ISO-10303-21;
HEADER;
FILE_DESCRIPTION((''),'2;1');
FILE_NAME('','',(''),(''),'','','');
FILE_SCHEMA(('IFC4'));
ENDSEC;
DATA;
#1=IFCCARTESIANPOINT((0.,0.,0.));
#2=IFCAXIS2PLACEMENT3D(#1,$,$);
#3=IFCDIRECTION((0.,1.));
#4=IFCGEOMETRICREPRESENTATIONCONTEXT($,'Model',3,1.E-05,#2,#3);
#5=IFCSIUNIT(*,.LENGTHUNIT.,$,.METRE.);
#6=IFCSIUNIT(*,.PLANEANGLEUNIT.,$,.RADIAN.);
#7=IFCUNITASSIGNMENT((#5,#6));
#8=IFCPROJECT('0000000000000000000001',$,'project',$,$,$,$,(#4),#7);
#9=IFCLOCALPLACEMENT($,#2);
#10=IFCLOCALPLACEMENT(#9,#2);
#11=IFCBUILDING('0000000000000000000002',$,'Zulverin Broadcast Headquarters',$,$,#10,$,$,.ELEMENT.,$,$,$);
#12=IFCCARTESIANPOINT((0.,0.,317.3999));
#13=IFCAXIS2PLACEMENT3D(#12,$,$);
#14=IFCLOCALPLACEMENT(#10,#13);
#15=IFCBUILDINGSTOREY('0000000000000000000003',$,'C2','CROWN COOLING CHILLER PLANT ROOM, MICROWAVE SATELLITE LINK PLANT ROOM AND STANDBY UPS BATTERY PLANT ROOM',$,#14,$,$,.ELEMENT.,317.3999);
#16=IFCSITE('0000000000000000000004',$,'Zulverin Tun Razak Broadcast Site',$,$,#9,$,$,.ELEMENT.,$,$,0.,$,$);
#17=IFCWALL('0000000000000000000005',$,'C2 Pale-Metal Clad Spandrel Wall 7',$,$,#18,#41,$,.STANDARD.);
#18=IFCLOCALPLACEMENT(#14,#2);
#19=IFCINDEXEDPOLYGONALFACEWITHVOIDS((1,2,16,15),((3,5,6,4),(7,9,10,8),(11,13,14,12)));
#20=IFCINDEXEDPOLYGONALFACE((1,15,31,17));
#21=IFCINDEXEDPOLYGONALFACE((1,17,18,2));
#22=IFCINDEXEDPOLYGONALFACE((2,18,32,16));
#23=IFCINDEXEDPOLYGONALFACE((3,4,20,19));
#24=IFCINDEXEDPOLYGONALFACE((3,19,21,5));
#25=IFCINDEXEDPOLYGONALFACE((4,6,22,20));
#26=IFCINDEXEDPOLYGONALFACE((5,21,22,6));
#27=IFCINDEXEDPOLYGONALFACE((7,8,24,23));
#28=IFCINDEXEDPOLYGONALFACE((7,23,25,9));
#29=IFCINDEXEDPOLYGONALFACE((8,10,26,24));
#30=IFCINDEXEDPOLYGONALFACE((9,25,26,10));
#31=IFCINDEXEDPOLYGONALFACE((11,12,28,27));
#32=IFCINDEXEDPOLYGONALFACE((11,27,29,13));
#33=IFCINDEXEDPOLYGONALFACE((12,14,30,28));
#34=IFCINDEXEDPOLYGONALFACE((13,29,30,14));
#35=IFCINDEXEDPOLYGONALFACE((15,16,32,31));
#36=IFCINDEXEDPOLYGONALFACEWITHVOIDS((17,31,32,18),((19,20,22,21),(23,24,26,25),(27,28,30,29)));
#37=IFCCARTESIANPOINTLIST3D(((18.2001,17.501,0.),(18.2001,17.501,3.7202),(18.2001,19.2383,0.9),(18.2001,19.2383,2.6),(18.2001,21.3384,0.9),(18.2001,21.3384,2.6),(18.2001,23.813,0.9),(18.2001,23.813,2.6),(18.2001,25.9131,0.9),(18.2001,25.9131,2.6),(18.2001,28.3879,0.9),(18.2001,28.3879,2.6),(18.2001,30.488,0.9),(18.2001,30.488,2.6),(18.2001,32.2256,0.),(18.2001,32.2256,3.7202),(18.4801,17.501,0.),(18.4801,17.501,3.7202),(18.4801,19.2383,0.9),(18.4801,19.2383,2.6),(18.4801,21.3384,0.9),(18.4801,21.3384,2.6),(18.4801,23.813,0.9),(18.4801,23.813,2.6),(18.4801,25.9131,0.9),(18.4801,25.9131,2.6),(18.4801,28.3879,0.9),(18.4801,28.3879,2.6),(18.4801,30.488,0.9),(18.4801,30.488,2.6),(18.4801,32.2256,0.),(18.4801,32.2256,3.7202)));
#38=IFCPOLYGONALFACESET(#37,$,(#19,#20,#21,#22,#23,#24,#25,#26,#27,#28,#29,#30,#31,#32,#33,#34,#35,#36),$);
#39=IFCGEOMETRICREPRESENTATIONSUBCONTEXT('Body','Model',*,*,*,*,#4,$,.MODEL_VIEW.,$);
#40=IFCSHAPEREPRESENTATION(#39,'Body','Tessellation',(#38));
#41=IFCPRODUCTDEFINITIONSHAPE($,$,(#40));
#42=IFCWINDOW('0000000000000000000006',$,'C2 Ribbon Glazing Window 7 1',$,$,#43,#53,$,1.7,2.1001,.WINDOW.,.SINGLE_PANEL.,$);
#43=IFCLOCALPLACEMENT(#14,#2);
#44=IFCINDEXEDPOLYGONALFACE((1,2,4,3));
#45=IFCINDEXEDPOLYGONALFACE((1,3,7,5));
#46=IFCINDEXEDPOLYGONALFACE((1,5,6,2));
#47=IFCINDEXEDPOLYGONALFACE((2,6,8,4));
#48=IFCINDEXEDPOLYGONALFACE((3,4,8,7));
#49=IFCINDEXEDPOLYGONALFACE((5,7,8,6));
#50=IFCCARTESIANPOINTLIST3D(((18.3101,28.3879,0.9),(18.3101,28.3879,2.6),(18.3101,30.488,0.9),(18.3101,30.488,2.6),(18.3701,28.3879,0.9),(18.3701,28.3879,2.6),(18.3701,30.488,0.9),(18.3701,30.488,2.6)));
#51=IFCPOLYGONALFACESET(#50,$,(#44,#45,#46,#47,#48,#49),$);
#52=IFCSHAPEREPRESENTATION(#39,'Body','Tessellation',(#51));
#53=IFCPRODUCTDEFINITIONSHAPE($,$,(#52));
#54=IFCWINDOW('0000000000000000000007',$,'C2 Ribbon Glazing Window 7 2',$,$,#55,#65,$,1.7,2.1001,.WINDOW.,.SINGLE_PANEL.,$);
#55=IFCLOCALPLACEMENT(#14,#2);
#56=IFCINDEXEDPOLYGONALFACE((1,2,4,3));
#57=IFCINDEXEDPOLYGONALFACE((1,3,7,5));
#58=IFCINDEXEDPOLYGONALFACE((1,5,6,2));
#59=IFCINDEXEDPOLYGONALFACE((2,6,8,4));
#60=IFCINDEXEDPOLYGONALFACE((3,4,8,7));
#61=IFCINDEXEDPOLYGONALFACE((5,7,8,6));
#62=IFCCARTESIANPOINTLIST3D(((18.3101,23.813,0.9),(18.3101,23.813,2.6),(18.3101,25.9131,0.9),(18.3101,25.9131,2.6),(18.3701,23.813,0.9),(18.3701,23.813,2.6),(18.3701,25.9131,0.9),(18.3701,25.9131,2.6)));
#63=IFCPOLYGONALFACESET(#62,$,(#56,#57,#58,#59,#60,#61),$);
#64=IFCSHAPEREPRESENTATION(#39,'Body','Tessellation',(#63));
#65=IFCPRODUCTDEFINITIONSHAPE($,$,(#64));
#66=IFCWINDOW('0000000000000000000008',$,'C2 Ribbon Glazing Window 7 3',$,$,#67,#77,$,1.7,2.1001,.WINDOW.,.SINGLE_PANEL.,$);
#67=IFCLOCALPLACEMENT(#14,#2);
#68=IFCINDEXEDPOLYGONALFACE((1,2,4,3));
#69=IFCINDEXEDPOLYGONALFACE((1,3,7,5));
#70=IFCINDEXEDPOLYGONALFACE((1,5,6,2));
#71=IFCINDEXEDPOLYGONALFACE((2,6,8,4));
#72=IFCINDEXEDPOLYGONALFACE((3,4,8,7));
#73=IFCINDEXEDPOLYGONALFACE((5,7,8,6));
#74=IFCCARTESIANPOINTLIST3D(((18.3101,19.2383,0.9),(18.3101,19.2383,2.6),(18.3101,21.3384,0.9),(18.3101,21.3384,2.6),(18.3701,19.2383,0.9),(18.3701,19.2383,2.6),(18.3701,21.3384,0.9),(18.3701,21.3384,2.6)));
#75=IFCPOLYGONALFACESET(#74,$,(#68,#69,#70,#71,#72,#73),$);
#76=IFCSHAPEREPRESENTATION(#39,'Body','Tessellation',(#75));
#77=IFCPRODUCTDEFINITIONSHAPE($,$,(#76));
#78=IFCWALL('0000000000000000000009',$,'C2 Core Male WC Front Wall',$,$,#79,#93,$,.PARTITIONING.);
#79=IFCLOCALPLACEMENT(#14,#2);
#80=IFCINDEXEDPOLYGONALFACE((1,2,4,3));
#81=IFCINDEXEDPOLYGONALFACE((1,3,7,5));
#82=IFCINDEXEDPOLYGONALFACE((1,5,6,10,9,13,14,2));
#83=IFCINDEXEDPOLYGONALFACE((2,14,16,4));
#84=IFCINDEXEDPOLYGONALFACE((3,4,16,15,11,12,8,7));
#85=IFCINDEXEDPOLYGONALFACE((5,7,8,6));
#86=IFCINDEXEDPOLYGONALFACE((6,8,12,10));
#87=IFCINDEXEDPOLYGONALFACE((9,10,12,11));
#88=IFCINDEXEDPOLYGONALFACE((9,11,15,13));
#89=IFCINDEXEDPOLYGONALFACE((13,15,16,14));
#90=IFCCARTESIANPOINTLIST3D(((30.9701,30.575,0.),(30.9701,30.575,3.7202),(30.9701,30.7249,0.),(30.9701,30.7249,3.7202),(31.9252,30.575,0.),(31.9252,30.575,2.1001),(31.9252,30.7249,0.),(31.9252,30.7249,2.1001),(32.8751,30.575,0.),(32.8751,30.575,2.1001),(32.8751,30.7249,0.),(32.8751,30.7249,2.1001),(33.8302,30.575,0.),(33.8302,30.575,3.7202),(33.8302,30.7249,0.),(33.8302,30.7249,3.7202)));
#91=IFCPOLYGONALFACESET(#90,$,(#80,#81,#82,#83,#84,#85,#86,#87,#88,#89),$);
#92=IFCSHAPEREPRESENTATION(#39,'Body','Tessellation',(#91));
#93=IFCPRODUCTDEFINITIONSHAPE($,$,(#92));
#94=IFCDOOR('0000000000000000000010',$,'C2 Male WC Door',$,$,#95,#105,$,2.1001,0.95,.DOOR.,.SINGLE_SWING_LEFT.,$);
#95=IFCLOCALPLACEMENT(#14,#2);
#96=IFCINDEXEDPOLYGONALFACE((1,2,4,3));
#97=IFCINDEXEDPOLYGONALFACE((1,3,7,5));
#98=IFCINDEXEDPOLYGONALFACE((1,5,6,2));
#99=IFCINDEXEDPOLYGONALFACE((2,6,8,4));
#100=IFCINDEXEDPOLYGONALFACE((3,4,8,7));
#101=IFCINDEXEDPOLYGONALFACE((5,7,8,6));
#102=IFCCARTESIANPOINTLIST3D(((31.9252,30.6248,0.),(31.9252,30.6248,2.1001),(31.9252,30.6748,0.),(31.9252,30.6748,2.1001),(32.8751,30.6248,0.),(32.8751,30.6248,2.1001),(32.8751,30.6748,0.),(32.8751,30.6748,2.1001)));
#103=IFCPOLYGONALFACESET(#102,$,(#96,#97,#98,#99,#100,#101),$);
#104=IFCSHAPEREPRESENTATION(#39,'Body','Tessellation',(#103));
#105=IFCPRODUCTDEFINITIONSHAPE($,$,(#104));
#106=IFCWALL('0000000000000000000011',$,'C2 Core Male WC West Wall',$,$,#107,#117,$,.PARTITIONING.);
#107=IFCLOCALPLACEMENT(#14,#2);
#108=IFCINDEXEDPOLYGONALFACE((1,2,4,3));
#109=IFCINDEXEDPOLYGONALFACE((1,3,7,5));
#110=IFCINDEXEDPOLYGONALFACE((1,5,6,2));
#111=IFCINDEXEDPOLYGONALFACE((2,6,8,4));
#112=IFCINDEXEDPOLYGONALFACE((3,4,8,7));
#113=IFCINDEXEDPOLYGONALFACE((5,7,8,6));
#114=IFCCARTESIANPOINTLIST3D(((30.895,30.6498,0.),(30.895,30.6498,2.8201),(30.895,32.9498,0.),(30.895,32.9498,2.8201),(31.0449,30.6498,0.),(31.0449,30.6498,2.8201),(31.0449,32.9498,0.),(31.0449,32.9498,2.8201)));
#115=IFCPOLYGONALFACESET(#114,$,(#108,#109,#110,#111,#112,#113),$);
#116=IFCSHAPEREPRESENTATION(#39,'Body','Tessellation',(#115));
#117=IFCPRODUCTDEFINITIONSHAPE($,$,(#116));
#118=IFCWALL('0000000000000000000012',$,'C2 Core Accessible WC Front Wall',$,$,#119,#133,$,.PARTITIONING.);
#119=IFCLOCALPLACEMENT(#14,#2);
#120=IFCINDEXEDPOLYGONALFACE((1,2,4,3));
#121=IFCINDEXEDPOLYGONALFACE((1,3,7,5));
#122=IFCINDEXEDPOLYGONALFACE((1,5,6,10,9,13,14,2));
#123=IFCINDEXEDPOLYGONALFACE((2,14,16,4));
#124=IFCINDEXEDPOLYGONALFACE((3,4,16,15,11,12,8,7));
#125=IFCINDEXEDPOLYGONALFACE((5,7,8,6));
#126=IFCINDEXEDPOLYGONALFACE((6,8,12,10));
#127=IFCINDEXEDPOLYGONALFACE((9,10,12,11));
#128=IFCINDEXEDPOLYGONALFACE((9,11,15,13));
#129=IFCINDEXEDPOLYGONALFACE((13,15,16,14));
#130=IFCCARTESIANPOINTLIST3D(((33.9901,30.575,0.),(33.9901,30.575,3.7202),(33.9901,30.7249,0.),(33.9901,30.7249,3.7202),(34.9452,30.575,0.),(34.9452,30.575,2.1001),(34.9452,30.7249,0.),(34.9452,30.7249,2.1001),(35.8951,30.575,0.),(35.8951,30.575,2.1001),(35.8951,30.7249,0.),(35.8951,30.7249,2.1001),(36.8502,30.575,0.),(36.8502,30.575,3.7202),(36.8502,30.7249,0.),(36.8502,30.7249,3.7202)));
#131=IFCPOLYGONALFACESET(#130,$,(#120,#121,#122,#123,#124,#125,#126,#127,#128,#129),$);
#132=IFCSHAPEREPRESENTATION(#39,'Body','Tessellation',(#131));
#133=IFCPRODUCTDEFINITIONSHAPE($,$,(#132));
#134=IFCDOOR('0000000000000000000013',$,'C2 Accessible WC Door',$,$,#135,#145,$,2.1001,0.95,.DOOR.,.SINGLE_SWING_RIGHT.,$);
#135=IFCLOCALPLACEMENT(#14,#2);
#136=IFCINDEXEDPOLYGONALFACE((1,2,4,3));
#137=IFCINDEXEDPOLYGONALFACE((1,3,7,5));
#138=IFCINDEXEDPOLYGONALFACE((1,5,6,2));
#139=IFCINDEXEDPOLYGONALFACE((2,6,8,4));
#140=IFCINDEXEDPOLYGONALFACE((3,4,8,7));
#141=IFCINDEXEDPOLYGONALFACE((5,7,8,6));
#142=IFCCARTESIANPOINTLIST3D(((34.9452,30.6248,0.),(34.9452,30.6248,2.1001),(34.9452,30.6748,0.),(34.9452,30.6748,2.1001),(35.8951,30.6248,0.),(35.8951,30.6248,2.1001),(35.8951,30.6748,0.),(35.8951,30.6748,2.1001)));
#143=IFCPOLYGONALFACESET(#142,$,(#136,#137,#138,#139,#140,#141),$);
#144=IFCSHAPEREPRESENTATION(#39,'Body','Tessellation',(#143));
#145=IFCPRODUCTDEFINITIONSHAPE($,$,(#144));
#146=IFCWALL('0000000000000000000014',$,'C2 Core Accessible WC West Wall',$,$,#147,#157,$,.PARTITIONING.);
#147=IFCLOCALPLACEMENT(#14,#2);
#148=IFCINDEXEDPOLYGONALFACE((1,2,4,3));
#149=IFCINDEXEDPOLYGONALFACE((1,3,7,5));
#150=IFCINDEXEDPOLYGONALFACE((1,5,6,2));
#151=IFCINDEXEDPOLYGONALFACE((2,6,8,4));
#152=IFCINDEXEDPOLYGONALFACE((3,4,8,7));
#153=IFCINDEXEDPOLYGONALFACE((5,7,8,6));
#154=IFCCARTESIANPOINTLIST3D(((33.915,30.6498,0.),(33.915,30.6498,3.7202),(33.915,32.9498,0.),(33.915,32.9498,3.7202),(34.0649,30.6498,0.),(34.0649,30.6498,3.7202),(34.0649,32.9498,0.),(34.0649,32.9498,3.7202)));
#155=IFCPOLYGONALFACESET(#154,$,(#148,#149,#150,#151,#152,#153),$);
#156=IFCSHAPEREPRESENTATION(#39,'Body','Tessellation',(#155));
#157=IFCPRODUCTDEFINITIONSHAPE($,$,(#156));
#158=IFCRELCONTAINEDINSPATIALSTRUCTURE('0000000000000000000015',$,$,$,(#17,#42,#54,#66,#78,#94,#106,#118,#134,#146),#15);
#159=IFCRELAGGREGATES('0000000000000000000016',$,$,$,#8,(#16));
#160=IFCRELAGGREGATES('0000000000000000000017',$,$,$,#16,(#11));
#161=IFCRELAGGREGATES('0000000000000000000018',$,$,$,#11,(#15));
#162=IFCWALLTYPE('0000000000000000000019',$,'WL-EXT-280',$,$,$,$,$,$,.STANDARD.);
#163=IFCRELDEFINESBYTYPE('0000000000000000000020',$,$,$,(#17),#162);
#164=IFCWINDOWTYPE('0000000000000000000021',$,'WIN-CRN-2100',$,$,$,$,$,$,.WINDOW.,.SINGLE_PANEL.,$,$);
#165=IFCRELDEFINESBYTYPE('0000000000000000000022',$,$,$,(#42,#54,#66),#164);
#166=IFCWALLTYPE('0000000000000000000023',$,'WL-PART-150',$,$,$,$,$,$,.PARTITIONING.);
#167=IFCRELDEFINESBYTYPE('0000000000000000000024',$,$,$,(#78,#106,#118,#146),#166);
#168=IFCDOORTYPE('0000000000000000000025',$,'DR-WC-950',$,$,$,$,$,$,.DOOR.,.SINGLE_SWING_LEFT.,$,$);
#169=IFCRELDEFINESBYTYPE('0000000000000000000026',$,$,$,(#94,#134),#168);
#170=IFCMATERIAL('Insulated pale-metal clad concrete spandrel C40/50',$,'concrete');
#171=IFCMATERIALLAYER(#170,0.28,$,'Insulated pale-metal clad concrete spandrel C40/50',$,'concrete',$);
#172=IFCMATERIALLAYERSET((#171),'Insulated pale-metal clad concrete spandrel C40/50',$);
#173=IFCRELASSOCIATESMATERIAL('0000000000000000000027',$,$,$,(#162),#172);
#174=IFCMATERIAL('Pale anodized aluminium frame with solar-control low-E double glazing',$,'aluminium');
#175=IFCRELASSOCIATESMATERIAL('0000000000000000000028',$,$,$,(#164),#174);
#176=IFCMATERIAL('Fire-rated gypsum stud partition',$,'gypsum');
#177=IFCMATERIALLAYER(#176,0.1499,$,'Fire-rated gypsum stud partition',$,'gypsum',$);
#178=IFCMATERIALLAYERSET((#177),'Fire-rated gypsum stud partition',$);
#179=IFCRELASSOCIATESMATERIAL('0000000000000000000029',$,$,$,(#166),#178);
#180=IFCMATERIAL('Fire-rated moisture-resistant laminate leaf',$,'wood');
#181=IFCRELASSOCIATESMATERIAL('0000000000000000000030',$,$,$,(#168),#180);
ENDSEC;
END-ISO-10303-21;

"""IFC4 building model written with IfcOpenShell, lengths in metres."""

from ifc_helpers import new_model, si_unit, direction, frame, frame_2d, origin, place, context, subcontext, project, spatial, rectangle, extrude, material, layer, layer_set, type_object, element, fill, save


model = new_model("IFC4")

# Units and contexts
model_context = context("Model", 3, precision=1e-05, world=origin(), true_north=direction((0.0, 1.0)))
body_context = subcontext(model_context, "Body", "Model", "MODEL_VIEW")
ifc_project = project(units=[si_unit("LENGTHUNIT", "METRE"), si_unit("PLANEANGLEUNIT", "RADIAN")], contexts=[model_context])

# Site, building, storey
site_placement = place(None, origin())
site = spatial("IfcSite", under=ifc_project, at=site_placement, Name="Zulverin Tun Razak Broadcast Site", CompositionType="ELEMENT", RefElevation=0.0)
building_placement = place(site_placement, origin())
building = spatial("IfcBuilding", under=site, at=building_placement, Name="Zulverin Broadcast Headquarters", CompositionType="ELEMENT")
storey_placement = place(building_placement, frame((0.0, 0.0, 317.3999)))
storey = spatial("IfcBuildingStorey", under=building, at=storey_placement, Name="C2", Description="CROWN COOLING CHILLER PLANT ROOM, MICROWAVE SATELLITE LINK PLANT ROOM AND STANDBY UPS BATTERY PLANT ROOM", CompositionType="ELEMENT", Elevation=317.3999)

# Wall, openings, windows
ifc_material_1 = material(Name="Insulated pale-metal clad concrete spandrel C40/50", Category="concrete")
ifc_layer_1 = layer(ifc_material_1, 0.28, Name="Insulated pale-metal clad concrete spandrel C40/50", Category="concrete")
ifc_layer_set_1 = layer_set([ifc_layer_1], Name="Insulated pale-metal clad concrete spandrel C40/50")
wall_type_1 = type_object("IfcWallType", Name="WL-EXT-280", PredefinedType="STANDARD", material=ifc_layer_set_1)
wall_1_placement = place(storey_placement, frame((18.3401, 32.2256, 0.0), z_axis=(0.0, 0.0, 1.0), x_axis=(0.0, -1.0, 0.0)))
wall_1 = element("IfcWall", 1, at=wall_1_placement, inside=storey, type_object=wall_type_1, Name="C2 Pale-Metal Clad Spandrel Wall 7", PredefinedType="STANDARD", context=body_context, shape_type="SweptSolid", body=[
    extrude(rectangle(XDim=14.7246, YDim=0.28, at=frame_2d((7.3623, 0.0))), origin(), (0.0, 0.0, 1.0), 3.7202),
])
opening_1_placement = place(wall_1_placement, frame((1.7375, 0.0, 0.8999)))
opening_1 = element("IfcOpeningElement", 2, at=opening_1_placement, cuts=wall_1, PredefinedType="OPENING", context=body_context, shape_type="SweptSolid", body=[
    extrude(rectangle(XDim=2.1001, YDim=1.7, at=frame_2d((1.05, 0.8501))), frame((0.0, 0.1499, 0.0), z_axis=(0.0, -1.0, 0.0), x_axis=(1.0, 0.0, 0.0)), (0.0, 0.0, 1.0), 0.3),
])
opening_2_placement = place(wall_1_placement, frame((6.3125, 0.0, 0.8999)))
opening_2 = element("IfcOpeningElement", 3, at=opening_2_placement, cuts=wall_1, PredefinedType="OPENING", context=body_context, shape_type="SweptSolid", body=[
    extrude(rectangle(XDim=2.1001, YDim=1.7, at=frame_2d((1.05, 0.8501))), frame((0.0, 0.1499, 0.0), z_axis=(0.0, -1.0, 0.0), x_axis=(1.0, 0.0, 0.0)), (0.0, 0.0, 1.0), 0.3),
])
opening_3_placement = place(wall_1_placement, frame((10.8872, 0.0, 0.8999)))
opening_3 = element("IfcOpeningElement", 4, at=opening_3_placement, cuts=wall_1, PredefinedType="OPENING", context=body_context, shape_type="SweptSolid", body=[
    extrude(rectangle(XDim=2.1001, YDim=1.7, at=frame_2d((1.05, 0.8501))), frame((0.0, 0.1499, 0.0), z_axis=(0.0, -1.0, 0.0), x_axis=(1.0, 0.0, 0.0)), (0.0, 0.0, 1.0), 0.3),
])
ifc_material_2 = material(Name="Pale anodized aluminium frame with solar-control low-E double glazing", Category="aluminium")
window_type = type_object("IfcWindowType", Name="WIN-CRN-2100", PartitioningType="SINGLE_PANEL", PredefinedType="WINDOW", material=ifc_material_2)
window_1_placement = place(opening_1_placement, origin())
window_1 = element("IfcWindow", 5, at=window_1_placement, inside=storey, type_object=window_type, Name="C2 Ribbon Glazing Window 7 1", OverallHeight=1.7, OverallWidth=2.1001, PartitioningType="SINGLE_PANEL", PredefinedType="WINDOW", context=body_context, shape_type="SweptSolid", body=[
    extrude(rectangle(XDim=2.1001, YDim=1.7, at=frame_2d((1.05, 0.8501))), frame((0.0, 0.03, 0.0), z_axis=(0.0, -1.0, 0.0), x_axis=(1.0, 0.0, 0.0)), (0.0, 0.0, 1.0), 0.0601),
])
fill(opening_1, window_1)
window_2_placement = place(opening_2_placement, origin())
window_2 = element("IfcWindow", 6, at=window_2_placement, inside=storey, type_object=window_type, Name="C2 Ribbon Glazing Window 7 2", OverallHeight=1.7, OverallWidth=2.1001, PartitioningType="SINGLE_PANEL", PredefinedType="WINDOW", context=body_context, shape_type="SweptSolid", body=[
    extrude(rectangle(XDim=2.1001, YDim=1.7, at=frame_2d((1.05, 0.8501))), frame((0.0, 0.03, 0.0), z_axis=(0.0, -1.0, 0.0), x_axis=(1.0, 0.0, 0.0)), (0.0, 0.0, 1.0), 0.0601),
])
fill(opening_2, window_2)
window_3_placement = place(opening_3_placement, origin())
window_3 = element("IfcWindow", 7, at=window_3_placement, inside=storey, type_object=window_type, Name="C2 Ribbon Glazing Window 7 3", OverallHeight=1.7, OverallWidth=2.1001, PartitioningType="SINGLE_PANEL", PredefinedType="WINDOW", context=body_context, shape_type="SweptSolid", body=[
    extrude(rectangle(XDim=2.1001, YDim=1.7, at=frame_2d((1.05, 0.8501))), frame((0.0, 0.03, 0.0), z_axis=(0.0, -1.0, 0.0), x_axis=(1.0, 0.0, 0.0)), (0.0, 0.0, 1.0), 0.0601),
])
fill(opening_3, window_3)

# Wall, opening, door
ifc_material_3 = material(Name="Fire-rated gypsum stud partition", Category="gypsum")
ifc_layer_2 = layer(ifc_material_3, 0.1499, Name="Fire-rated gypsum stud partition", Category="gypsum")
ifc_layer_set_2 = layer_set([ifc_layer_2], Name="Fire-rated gypsum stud partition")
wall_type_2 = type_object("IfcWallType", Name="WL-PART-150", PredefinedType="PARTITIONING", material=ifc_layer_set_2)
wall_2_placement = place(storey_placement, frame((30.97, 30.6499, 0.0), z_axis=(0.0, 0.0, 1.0), x_axis=(1.0, 0.0, 0.0)))
wall_2 = element("IfcWall", 8, at=wall_2_placement, inside=storey, type_object=wall_type_2, Name="C2 Core Male WC Front Wall", PredefinedType="PARTITIONING", context=body_context, shape_type="SweptSolid", body=[
    extrude(rectangle(XDim=2.8601, YDim=0.1499, at=frame_2d((1.4302, 0.0))), origin(), (0.0, 0.0, 1.0), 3.7202),
])
opening_4_placement = place(wall_2_placement, frame((0.9551, 0.0, 0.0)))
opening_4 = element("IfcOpeningElement", 9, at=opening_4_placement, cuts=wall_2, PredefinedType="OPENING", context=body_context, shape_type="SweptSolid", body=[
    extrude(rectangle(XDim=0.95, YDim=2.1001, at=frame_2d((0.4751, 1.05))), frame((0.0, 0.085, 0.0), z_axis=(0.0, -1.0, 0.0), x_axis=(1.0, 0.0, 0.0)), (0.0, 0.0, 1.0), 0.1699),
])
ifc_material_4 = material(Name="Fire-rated moisture-resistant laminate leaf", Category="wood")
door_type_1 = type_object("IfcDoorType", Name="DR-WC-950", OperationType="SINGLE_SWING_LEFT", PredefinedType="DOOR", material=ifc_material_4)
door_1_placement = place(opening_4_placement, origin())
door_1 = element("IfcDoor", 10, at=door_1_placement, inside=storey, type_object=door_type_1, Name="C2 Male WC Door", OperationType="SINGLE_SWING_LEFT", OverallHeight=2.1001, OverallWidth=0.95, PredefinedType="DOOR", context=body_context, shape_type="SweptSolid", body=[
    extrude(rectangle(XDim=0.95, YDim=2.1001, at=frame_2d((0.4751, 1.05))), frame((0.0, 0.0249, 0.0), z_axis=(0.0, -1.0, 0.0), x_axis=(1.0, 0.0, 0.0)), (0.0, 0.0, 1.0), 0.05),
])
fill(opening_4, door_1)

# Wall
wall_3_placement = place(storey_placement, frame((30.97, 30.6499, 0.0), z_axis=(0.0, 0.0, 1.0), x_axis=(0.0, 1.0, 0.0)))
element("IfcWall", 11, at=wall_3_placement, inside=storey, type_object=wall_type_2, Name="C2 Core Male WC West Wall", PredefinedType="PARTITIONING", context=body_context, shape_type="SweptSolid", body=[
    extrude(rectangle(XDim=2.3, YDim=0.1499, at=frame_2d((1.1499, 0.0))), origin(), (0.0, 0.0, 1.0), 2.8201),
])

# Wall, opening, door
wall_4_placement = place(storey_placement, frame((33.99, 30.6499, 0.0), z_axis=(0.0, 0.0, 1.0), x_axis=(1.0, 0.0, 0.0)))
wall_4 = element("IfcWall", 12, at=wall_4_placement, inside=storey, type_object=wall_type_2, Name="C2 Core Accessible WC Front Wall", PredefinedType="PARTITIONING", context=body_context, shape_type="SweptSolid", body=[
    extrude(rectangle(XDim=2.8601, YDim=0.1499, at=frame_2d((1.4302, 0.0))), origin(), (0.0, 0.0, 1.0), 3.7202),
])
opening_5_placement = place(wall_4_placement, frame((0.9551, 0.0, 0.0)))
opening_5 = element("IfcOpeningElement", 13, at=opening_5_placement, cuts=wall_4, PredefinedType="OPENING", context=body_context, shape_type="SweptSolid", body=[
    extrude(rectangle(XDim=0.95, YDim=2.1001, at=frame_2d((0.4751, 1.05))), frame((0.0, 0.085, 0.0), z_axis=(0.0, -1.0, 0.0), x_axis=(1.0, 0.0, 0.0)), (0.0, 0.0, 1.0), 0.1699),
])
door_2_placement = place(opening_5_placement, origin())
door_2 = element("IfcDoor", 14, at=door_2_placement, inside=storey, type_object=door_type_1, Name="C2 Accessible WC Door", OperationType="SINGLE_SWING_RIGHT", OverallHeight=2.1001, OverallWidth=0.95, PredefinedType="DOOR", context=body_context, shape_type="SweptSolid", body=[
    extrude(rectangle(XDim=0.95, YDim=2.1001, at=frame_2d((0.4751, 1.05))), frame((0.0, 0.0249, 0.0), z_axis=(0.0, -1.0, 0.0), x_axis=(1.0, 0.0, 0.0)), (0.0, 0.0, 1.0), 0.05),
])
fill(opening_5, door_2)

# Wall
wall_5_placement = place(storey_placement, frame((33.99, 30.6499, 0.0), z_axis=(0.0, 0.0, 1.0), x_axis=(0.0, 1.0, 0.0)))
element("IfcWall", 15, at=wall_5_placement, inside=storey, type_object=wall_type_2, Name="C2 Core Accessible WC West Wall", PredefinedType="PARTITIONING", context=body_context, shape_type="SweptSolid", body=[
    extrude(rectangle(XDim=2.3, YDim=0.1499, at=frame_2d((1.1499, 0.0))), origin(), (0.0, 0.0, 1.0), 3.7202),
])

save(model, "model.ifc")
